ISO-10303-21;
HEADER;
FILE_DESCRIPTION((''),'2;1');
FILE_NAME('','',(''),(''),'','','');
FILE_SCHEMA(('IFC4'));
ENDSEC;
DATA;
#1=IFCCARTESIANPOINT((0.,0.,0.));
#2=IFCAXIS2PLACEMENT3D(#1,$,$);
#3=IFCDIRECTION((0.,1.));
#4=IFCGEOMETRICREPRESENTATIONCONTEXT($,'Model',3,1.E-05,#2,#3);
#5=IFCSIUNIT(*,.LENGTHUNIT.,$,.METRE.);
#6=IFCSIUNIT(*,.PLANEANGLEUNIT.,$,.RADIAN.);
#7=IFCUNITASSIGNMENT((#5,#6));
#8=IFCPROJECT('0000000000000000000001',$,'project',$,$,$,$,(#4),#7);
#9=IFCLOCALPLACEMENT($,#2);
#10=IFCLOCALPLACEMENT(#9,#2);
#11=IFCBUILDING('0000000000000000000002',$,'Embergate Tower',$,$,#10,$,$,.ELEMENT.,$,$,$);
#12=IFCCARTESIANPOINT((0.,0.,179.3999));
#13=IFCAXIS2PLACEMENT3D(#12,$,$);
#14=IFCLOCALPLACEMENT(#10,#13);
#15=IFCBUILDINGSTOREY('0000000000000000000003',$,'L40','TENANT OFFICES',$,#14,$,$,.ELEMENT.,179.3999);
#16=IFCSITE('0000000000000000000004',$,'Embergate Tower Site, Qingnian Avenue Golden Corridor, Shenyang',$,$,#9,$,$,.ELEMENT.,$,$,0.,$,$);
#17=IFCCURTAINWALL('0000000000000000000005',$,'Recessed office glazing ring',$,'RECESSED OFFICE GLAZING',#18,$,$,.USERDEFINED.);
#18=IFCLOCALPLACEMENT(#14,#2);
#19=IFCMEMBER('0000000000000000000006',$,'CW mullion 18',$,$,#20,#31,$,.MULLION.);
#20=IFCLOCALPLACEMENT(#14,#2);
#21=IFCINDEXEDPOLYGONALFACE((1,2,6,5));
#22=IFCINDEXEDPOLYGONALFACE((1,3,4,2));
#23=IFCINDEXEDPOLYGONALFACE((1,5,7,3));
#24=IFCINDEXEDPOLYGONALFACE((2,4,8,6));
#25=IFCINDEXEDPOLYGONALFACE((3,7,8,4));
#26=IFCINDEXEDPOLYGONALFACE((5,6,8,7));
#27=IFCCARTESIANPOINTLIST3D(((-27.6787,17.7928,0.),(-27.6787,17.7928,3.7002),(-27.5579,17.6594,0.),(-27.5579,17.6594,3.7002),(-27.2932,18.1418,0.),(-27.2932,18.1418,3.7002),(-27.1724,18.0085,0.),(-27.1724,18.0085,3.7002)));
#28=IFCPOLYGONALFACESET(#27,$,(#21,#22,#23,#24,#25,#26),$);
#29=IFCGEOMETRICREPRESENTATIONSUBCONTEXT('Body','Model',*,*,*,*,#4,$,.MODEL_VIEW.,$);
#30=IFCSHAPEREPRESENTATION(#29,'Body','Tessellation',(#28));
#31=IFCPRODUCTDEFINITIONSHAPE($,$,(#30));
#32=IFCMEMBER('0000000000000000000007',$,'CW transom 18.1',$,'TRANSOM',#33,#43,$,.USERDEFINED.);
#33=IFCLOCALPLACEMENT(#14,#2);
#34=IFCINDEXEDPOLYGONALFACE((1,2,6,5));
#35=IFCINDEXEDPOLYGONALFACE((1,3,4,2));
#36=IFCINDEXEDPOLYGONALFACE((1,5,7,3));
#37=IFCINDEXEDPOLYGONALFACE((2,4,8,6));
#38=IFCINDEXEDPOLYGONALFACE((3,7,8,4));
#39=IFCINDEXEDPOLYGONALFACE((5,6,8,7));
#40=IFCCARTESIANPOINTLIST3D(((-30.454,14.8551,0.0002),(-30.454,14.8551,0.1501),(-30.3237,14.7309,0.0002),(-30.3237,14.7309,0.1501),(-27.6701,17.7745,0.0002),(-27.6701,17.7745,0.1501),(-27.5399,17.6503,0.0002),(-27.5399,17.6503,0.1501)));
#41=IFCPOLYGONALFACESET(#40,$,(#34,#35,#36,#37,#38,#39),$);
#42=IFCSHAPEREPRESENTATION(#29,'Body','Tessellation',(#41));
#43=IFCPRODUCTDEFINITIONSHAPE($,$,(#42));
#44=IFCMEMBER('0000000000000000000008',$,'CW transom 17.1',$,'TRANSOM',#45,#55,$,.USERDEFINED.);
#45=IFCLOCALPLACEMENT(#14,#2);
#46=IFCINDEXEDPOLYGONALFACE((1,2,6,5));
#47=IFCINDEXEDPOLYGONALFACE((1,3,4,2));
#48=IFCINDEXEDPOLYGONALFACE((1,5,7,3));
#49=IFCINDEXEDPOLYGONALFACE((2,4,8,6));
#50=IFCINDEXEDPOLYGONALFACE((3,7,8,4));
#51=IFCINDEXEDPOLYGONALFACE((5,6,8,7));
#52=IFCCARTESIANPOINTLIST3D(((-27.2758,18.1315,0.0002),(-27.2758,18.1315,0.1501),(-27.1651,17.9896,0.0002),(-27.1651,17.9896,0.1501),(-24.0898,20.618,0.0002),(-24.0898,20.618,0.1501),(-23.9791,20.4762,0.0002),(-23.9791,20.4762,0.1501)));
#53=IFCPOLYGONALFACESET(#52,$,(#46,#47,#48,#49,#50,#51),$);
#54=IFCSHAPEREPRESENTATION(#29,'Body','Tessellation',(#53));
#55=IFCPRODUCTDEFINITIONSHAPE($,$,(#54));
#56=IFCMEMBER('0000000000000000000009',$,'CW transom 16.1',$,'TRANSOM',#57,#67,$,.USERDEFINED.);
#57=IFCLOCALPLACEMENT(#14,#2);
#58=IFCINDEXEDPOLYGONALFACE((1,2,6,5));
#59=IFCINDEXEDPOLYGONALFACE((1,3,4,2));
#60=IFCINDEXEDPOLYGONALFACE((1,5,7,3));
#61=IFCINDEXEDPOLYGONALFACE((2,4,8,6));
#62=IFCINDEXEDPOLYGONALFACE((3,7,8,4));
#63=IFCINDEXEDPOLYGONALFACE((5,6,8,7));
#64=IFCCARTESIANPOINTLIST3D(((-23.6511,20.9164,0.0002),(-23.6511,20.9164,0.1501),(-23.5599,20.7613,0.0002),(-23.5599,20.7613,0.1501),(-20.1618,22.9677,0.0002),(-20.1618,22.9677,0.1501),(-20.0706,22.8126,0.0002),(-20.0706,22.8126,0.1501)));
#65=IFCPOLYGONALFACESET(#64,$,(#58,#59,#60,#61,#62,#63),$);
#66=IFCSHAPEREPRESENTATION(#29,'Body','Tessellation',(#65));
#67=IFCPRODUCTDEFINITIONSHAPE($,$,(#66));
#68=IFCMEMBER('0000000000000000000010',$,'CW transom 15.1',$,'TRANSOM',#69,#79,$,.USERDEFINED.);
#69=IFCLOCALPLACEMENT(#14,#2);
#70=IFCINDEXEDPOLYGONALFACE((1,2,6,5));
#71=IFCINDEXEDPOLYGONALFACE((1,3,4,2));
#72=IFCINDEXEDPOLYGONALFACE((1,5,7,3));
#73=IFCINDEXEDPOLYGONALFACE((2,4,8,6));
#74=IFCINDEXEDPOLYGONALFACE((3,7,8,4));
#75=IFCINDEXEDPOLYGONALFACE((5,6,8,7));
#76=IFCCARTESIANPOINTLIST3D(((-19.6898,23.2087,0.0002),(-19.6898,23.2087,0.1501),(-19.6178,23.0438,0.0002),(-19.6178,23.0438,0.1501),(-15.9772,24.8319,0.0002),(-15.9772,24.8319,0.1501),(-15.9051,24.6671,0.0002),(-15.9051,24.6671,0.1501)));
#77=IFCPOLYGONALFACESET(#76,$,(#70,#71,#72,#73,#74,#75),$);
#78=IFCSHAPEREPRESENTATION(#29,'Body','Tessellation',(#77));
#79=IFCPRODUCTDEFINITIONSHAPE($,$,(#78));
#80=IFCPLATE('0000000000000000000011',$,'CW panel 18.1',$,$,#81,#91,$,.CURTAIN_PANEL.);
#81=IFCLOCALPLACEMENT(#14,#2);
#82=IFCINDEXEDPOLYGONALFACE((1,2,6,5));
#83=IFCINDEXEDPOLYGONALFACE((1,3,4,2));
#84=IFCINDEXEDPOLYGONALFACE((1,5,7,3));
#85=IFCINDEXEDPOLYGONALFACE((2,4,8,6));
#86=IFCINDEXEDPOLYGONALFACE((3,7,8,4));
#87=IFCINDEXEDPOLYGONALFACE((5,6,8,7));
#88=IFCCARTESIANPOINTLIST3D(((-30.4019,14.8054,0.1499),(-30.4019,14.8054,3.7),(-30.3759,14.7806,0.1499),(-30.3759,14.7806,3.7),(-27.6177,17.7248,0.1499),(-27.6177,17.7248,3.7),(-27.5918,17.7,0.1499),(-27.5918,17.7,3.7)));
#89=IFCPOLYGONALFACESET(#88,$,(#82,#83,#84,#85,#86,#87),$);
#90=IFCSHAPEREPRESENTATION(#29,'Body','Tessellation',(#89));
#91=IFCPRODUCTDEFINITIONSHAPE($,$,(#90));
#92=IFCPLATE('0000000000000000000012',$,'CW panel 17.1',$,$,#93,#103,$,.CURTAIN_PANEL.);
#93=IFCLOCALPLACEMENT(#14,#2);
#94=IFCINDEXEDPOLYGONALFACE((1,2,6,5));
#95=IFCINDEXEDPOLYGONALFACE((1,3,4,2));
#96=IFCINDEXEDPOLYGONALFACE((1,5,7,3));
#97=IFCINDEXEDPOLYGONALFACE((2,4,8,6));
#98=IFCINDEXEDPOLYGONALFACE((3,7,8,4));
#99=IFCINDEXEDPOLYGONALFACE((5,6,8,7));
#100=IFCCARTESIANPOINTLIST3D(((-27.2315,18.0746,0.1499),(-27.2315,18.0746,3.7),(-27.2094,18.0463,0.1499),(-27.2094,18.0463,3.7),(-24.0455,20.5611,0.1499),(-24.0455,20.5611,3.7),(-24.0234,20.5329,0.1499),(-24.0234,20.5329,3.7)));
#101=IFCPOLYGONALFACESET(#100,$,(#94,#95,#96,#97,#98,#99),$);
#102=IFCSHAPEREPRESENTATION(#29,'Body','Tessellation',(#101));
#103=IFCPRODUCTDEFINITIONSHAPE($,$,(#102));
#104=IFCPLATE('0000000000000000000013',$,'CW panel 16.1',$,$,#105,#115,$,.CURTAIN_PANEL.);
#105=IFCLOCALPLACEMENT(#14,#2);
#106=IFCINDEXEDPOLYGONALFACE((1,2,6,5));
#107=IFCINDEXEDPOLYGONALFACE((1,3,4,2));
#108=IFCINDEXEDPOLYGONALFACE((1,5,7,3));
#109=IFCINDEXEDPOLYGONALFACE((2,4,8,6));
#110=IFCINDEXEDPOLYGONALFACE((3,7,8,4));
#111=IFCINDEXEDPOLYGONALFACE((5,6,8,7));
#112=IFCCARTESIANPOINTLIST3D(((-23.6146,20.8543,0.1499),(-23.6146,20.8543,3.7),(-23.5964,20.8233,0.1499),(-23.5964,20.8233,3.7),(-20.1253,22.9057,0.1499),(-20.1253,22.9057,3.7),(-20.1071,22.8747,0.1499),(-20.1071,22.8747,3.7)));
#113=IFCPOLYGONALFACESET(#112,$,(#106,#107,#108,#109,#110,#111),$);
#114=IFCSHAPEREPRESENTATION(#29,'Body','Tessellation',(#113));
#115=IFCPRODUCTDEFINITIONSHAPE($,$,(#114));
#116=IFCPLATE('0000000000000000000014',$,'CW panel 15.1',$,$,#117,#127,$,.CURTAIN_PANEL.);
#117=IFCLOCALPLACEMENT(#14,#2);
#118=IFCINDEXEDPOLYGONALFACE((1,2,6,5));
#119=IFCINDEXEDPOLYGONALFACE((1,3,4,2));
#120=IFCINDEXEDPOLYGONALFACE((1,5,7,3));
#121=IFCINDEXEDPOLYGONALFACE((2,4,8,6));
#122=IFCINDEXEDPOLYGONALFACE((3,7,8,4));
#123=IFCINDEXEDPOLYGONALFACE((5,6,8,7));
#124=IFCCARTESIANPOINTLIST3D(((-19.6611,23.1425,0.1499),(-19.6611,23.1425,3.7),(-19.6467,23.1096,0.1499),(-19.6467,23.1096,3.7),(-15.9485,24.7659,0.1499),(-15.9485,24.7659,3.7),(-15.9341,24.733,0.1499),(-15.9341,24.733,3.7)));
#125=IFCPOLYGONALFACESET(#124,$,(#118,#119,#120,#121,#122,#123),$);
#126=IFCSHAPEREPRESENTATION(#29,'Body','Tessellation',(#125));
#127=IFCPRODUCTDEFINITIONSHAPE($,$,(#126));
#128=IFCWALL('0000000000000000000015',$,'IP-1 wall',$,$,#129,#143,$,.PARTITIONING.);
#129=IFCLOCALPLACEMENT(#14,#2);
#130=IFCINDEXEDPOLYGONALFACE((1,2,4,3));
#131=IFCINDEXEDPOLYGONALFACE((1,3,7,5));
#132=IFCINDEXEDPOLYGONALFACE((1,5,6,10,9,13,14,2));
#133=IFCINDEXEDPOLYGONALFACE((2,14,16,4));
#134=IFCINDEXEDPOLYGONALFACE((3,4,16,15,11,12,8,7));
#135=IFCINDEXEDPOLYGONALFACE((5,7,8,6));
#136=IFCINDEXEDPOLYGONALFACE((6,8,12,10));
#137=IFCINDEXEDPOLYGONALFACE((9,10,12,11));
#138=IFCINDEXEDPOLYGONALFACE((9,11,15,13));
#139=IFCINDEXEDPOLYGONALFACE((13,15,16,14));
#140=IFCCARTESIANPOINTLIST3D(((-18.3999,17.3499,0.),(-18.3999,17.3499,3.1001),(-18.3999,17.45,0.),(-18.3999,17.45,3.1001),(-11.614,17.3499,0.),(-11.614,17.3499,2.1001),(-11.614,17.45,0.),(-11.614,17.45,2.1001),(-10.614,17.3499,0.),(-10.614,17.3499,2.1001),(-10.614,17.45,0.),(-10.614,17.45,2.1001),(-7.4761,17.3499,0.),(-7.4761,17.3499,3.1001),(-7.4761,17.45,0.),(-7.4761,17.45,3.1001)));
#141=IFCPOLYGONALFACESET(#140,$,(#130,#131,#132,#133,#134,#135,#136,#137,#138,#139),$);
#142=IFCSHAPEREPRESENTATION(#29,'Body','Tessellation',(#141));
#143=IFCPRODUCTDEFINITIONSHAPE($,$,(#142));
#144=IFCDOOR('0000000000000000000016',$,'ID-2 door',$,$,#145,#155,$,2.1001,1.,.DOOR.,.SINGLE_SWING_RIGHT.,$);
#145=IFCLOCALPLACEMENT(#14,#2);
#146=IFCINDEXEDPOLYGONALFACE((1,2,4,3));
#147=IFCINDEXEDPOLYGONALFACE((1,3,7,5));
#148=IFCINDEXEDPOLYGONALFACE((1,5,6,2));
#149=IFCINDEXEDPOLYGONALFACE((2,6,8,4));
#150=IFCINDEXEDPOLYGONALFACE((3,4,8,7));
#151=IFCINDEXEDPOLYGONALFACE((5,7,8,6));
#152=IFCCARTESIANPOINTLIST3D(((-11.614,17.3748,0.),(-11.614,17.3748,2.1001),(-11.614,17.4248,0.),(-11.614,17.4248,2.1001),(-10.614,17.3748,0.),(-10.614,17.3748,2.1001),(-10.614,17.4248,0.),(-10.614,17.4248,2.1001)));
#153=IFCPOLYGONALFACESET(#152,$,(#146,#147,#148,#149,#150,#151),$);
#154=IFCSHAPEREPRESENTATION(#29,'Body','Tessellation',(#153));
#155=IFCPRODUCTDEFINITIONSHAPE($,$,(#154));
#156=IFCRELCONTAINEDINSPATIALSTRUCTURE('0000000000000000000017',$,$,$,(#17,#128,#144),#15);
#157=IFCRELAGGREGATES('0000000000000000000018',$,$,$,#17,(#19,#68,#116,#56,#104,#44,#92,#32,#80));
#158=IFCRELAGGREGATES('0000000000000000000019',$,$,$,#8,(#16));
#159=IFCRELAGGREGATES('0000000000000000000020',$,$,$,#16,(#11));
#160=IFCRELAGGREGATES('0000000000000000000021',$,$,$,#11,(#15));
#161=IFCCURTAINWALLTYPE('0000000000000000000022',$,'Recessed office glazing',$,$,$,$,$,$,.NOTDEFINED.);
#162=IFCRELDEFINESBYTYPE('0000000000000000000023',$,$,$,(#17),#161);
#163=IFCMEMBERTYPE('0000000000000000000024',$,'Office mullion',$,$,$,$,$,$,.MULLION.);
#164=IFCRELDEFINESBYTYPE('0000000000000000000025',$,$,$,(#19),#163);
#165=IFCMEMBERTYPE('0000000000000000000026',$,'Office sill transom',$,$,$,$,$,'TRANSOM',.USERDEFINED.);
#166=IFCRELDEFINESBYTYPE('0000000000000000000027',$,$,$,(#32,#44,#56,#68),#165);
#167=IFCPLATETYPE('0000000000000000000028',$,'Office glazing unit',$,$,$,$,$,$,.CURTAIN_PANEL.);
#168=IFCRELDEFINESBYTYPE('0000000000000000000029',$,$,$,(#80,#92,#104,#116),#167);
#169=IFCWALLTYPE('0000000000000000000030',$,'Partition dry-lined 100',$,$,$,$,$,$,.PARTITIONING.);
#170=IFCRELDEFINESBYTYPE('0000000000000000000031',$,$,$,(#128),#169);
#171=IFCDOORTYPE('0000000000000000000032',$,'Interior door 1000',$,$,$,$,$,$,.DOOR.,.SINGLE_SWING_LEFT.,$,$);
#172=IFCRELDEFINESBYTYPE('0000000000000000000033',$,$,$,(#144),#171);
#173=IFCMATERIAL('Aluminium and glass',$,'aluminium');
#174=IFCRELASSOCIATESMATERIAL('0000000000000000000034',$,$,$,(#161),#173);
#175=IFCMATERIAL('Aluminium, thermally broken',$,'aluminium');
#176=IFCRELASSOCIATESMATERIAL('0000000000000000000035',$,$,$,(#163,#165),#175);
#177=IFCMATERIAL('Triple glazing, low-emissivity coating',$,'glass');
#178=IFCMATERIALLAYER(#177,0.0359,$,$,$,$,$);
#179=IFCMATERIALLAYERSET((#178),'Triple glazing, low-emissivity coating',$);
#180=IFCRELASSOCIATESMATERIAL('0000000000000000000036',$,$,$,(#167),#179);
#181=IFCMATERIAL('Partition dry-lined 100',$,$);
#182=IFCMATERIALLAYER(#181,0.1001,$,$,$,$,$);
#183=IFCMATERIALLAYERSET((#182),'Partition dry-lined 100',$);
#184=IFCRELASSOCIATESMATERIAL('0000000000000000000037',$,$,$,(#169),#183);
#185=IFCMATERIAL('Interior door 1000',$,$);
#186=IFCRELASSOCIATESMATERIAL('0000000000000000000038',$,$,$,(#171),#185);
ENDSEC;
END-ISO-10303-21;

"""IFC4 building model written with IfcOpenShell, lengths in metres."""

from ifc_helpers import new_model, si_unit, direction, frame, frame_2d, origin, origin_2d, place, context, subcontext, project, spatial, rectangle, extrude, source, transform, mapped, material, layer, layer_set, material_profile, profile_set, type_object, element, fill, aggregate, save


model = new_model("IFC4")

# Units and contexts
model_context = context("Model", 3, precision=1e-05, world=origin(), true_north=direction((0.0, 1.0)))
body_context = subcontext(model_context, "Body", "Model", "MODEL_VIEW")
ifc_project = project(units=[si_unit("LENGTHUNIT", "METRE"), si_unit("PLANEANGLEUNIT", "RADIAN")], contexts=[model_context])

# Site, building, storey
site_placement = place(None, origin())
site = spatial("IfcSite", under=ifc_project, at=site_placement, Name="Embergate Tower Site, Qingnian Avenue Golden Corridor, Shenyang", CompositionType="ELEMENT", RefElevation=0.0)
building_placement = place(site_placement, origin())
building = spatial("IfcBuilding", under=site, at=building_placement, Name="Embergate Tower", CompositionType="ELEMENT")
storey_placement = place(building_placement, frame((0.0, 0.0, 179.3999)))
storey = spatial("IfcBuildingStorey", under=building, at=storey_placement, Name="L40", Description="TENANT OFFICES", CompositionType="ELEMENT", Elevation=179.3999)

# Curtain wall, members, plates
ifc_material_1 = material(Name="Aluminium and glass", Category="aluminium")
curtain_wall_type = type_object("IfcCurtainWallType", Name="Recessed office glazing", PredefinedType="NOTDEFINED", material=ifc_material_1)
curtain_wall_placement = place(storey_placement, origin())
curtain_wall = element("IfcCurtainWall", 1, at=curtain_wall_placement, inside=storey, type_object=curtain_wall_type, Name="Recessed office glazing ring", ObjectType="RECESSED OFFICE GLAZING", PredefinedType="USERDEFINED")
ifc_material_2 = material(Name="Aluminium, thermally broken", Category="aluminium")
ifc_material_profile_1 = material_profile(ifc_material_2, rectangle(XDim=0.1799, YDim=0.52, at=origin_2d()), Name="AL 520x180")
ifc_profile_set_1 = profile_set([ifc_material_profile_1], Name="Aluminium, thermally broken")
member_type_1 = type_object("IfcMemberType", Name="Office mullion", PredefinedType="MULLION", material=ifc_profile_set_1)
shared_shape_1 = source(origin(), body_context, "Body", "SweptSolid", [
    extrude(rectangle(XDim=0.1799, YDim=0.52, at=origin_2d()), origin(), (0.0, 0.0, 1.0), 3.7002),
])
member_1_placement = place(storey_placement, frame((-27.4255, 17.9006, 0.0), z_axis=(0.0, 0.0, 1.0), x_axis=(0.671221, -0.741257, 0.0)))
member_1 = element("IfcMember", 2, at=member_1_placement, type_object=member_type_1, Name="CW mullion 18", PredefinedType="MULLION", context=body_context, shape_type="MappedRepresentation", body=[
    mapped(shared_shape_1, transform((0.0, 0.0, 0.0))),
])
ifc_material_profile_2 = material_profile(ifc_material_2, rectangle(XDim=0.1799, YDim=0.1499, at=origin_2d()), Name="AL 150x180")
ifc_profile_set_2 = profile_set([ifc_material_profile_2], Name="Aluminium, thermally broken")
member_type_2 = type_object("IfcMemberType", Name="Office sill transom", ElementType="TRANSOM", PredefinedType="USERDEFINED", material=ifc_profile_set_2)
shared_shape_2 = source(origin(), body_context, "Body", "SweptSolid", [
    extrude(rectangle(XDim=0.1799, YDim=0.1499, at=origin_2d()), origin(), (0.0, 0.0, 1.0), 4.0339),
])
member_2_placement = place(storey_placement, frame((-27.605, 17.7124, 0.0752), z_axis=(-0.690113, -0.723702, 0.0), x_axis=(0.723702, -0.690113, 0.0)))
member_2 = element("IfcMember", 3, at=member_2_placement, type_object=member_type_2, Name="CW transom 18.1", ObjectType="TRANSOM", PredefinedType="USERDEFINED", context=body_context, shape_type="MappedRepresentation", body=[
    mapped(shared_shape_2, transform((0.0, 0.0, 0.0))),
])
shared_shape_3 = source(origin(), body_context, "Body", "SweptSolid", [
    extrude(rectangle(XDim=0.1799, YDim=0.1499, at=origin_2d()), origin(), (0.0, 0.0, 1.0), 4.0415),
])
member_3_placement = place(storey_placement, frame((-24.0344, 20.5471, 0.0752), z_axis=(-0.788327, -0.615257, 0.0), x_axis=(0.615257, -0.788327, 0.0)))
member_3 = element("IfcMember", 4, at=member_3_placement, type_object=member_type_2, Name="CW transom 17.1", ObjectType="TRANSOM", PredefinedType="USERDEFINED", context=body_context, shape_type="MappedRepresentation", body=[
    mapped(shared_shape_3, transform((0.0, 0.0, 0.0))),
])
shared_shape_4 = source(origin(), body_context, "Body", "SweptSolid", [
    extrude(rectangle(XDim=0.1799, YDim=0.1499, at=origin_2d()), origin(), (0.0, 0.0, 1.0), 4.0476),
])
member_4_placement = place(storey_placement, frame((-20.1162, 22.8901, 0.0752), z_axis=(-0.862068, -0.506793, 0.0), x_axis=(0.506793, -0.862068, 0.0)))
member_4 = element("IfcMember", 5, at=member_4_placement, type_object=member_type_2, Name="CW transom 16.1", ObjectType="TRANSOM", PredefinedType="USERDEFINED", context=body_context, shape_type="MappedRepresentation", body=[
    mapped(shared_shape_4, transform((0.0, 0.0, 0.0))),
])
shared_shape_5 = source(origin(), body_context, "Body", "SweptSolid", [
    extrude(rectangle(XDim=0.1799, YDim=0.1499, at=origin_2d()), origin(), (0.0, 0.0, 1.0), 4.052),
])
member_5_placement = place(storey_placement, frame((-15.9412, 24.7495, 0.0752), z_axis=(-0.916247, -0.400613, 0.0), x_axis=(0.400613, -0.916247, 0.0)))
member_5 = element("IfcMember", 6, at=member_5_placement, type_object=member_type_2, Name="CW transom 15.1", ObjectType="TRANSOM", PredefinedType="USERDEFINED", context=body_context, shape_type="MappedRepresentation", body=[
    mapped(shared_shape_5, transform((0.0, 0.0, 0.0))),
])
ifc_material_3 = material(Name="Triple glazing, low-emissivity coating", Category="glass")
ifc_layer_1 = layer(ifc_material_3, 0.0359)
ifc_layer_set_1 = layer_set([ifc_layer_1], Name="Triple glazing, low-emissivity coating")
plate_type = type_object("IfcPlateType", Name="Office glazing unit", PredefinedType="CURTAIN_PANEL", material=ifc_layer_set_1)
shared_shape_6 = source(origin(), body_context, "Body", "SweptSolid", [
    extrude(rectangle(XDim=4.0342, YDim=0.0359, at=origin_2d()), origin(), (0.0, 0.0, 1.0), 3.55),
])
plate_1_placement = place(storey_placement, frame((-28.9968, 16.2527, 0.1499), z_axis=(0.0, 0.0, 1.0), x_axis=(-0.69014, -0.723676, 0.0)))
plate_1 = element("IfcPlate", 7, at=plate_1_placement, type_object=plate_type, Name="CW panel 18.1", PredefinedType="CURTAIN_PANEL", context=body_context, shape_type="MappedRepresentation", body=[
    mapped(shared_shape_6, transform((0.0, 0.0, 0.0))),
])
shared_shape_7 = source(origin(), body_context, "Body", "SweptSolid", [
    extrude(rectangle(XDim=4.0415, YDim=0.0359, at=origin_2d()), origin(), (0.0, 0.0, 1.0), 3.55),
])
plate_2_placement = place(storey_placement, frame((-25.6274, 19.3037, 0.1499), z_axis=(0.0, 0.0, 1.0), x_axis=(-0.788324, -0.61526, 0.0)))
plate_2 = element("IfcPlate", 8, at=plate_2_placement, type_object=plate_type, Name="CW panel 17.1", PredefinedType="CURTAIN_PANEL", context=body_context, shape_type="MappedRepresentation", body=[
    mapped(shared_shape_7, transform((0.0, 0.0, 0.0))),
])
shared_shape_8 = source(origin(), body_context, "Body", "SweptSolid", [
    extrude(rectangle(XDim=4.0476, YDim=0.0359, at=origin_2d()), origin(), (0.0, 0.0, 1.0), 3.55),
])
plate_3_placement = place(storey_placement, frame((-21.8608, 21.8645, 0.1499), z_axis=(0.0, 0.0, 1.0), x_axis=(-0.862056, -0.506813, 0.0)))
plate_3 = element("IfcPlate", 9, at=plate_3_placement, type_object=plate_type, Name="CW panel 16.1", PredefinedType="CURTAIN_PANEL", context=body_context, shape_type="MappedRepresentation", body=[
    mapped(shared_shape_8, transform((0.0, 0.0, 0.0))),
])
shared_shape_9 = source(origin(), body_context, "Body", "SweptSolid", [
    extrude(rectangle(XDim=4.052, YDim=0.0359, at=origin_2d()), origin(), (0.0, 0.0, 1.0), 3.55),
])
plate_4_placement = place(storey_placement, frame((-17.7976, 23.9377, 0.1499), z_axis=(0.0, 0.0, 1.0), x_axis=(-0.916238, -0.400634, 0.0)))
plate_4 = element("IfcPlate", 10, at=plate_4_placement, type_object=plate_type, Name="CW panel 15.1", PredefinedType="CURTAIN_PANEL", context=body_context, shape_type="MappedRepresentation", body=[
    mapped(shared_shape_9, transform((0.0, 0.0, 0.0))),
])
aggregate(curtain_wall, [member_1, member_5, plate_4, member_4, plate_3, member_3, plate_2, member_2, plate_1])

# Wall, opening, door
ifc_material_4 = material(Name="Partition dry-lined 100")
ifc_layer_2 = layer(ifc_material_4, 0.1001)
ifc_layer_set_2 = layer_set([ifc_layer_2], Name="Partition dry-lined 100")
wall_type = type_object("IfcWallType", Name="Partition dry-lined 100", PredefinedType="PARTITIONING", material=ifc_layer_set_2)
shared_shape_10 = source(origin(), body_context, "Body", "SweptSolid", [
    extrude(rectangle(XDim=10.9238, YDim=0.1001, at=frame_2d((5.4619, 0.0))), origin(), (0.0, 0.0, 1.0), 3.1001),
])
wall_placement = place(storey_placement, frame((-18.3999, 17.3999, 0.0), z_axis=(0.0, 0.0, 1.0), x_axis=(1.0, 0.0, 0.0)))
wall = element("IfcWall", 11, at=wall_placement, inside=storey, type_object=wall_type, Name="IP-1 wall", PredefinedType="PARTITIONING", context=body_context, shape_type="MappedRepresentation", body=[
    mapped(shared_shape_10, transform((0.0, 0.0, 0.0))),
])
shared_shape_11 = source(origin(), body_context, "Body", "SweptSolid", [
    extrude(rectangle(XDim=1.0, YDim=2.1001, at=frame_2d((0.5, 1.05))), frame((0.0, 0.0601, 0.0), z_axis=(0.0, -1.0, 0.0), x_axis=(1.0, 0.0, 0.0)), (0.0, 0.0, 1.0), 0.1201),
])
opening_placement = place(wall_placement, frame((6.7859, 0.0, 0.0)))
opening = element("IfcOpeningElement", 12, at=opening_placement, cuts=wall, PredefinedType="OPENING", context=body_context, shape_type="MappedRepresentation", body=[
    mapped(shared_shape_11, transform((0.0, 0.0, 0.0))),
])
ifc_material_5 = material(Name="Interior door 1000")
door_type = type_object("IfcDoorType", Name="Interior door 1000", OperationType="SINGLE_SWING_LEFT", PredefinedType="DOOR", material=ifc_material_5)
shared_shape_12 = source(origin(), body_context, "Body", "SweptSolid", [
    extrude(rectangle(XDim=1.0, YDim=2.1001, at=frame_2d((0.5, 1.05))), frame((0.0, 0.0249, 0.0), z_axis=(0.0, -1.0, 0.0), x_axis=(1.0, 0.0, 0.0)), (0.0, 0.0, 1.0), 0.05),
])
door_placement = place(opening_placement, origin())
door = element("IfcDoor", 13, at=door_placement, inside=storey, type_object=door_type, Name="ID-2 door", OperationType="SINGLE_SWING_RIGHT", OverallHeight=2.1001, OverallWidth=1.0, PredefinedType="DOOR", context=body_context, shape_type="MappedRepresentation", body=[
    mapped(shared_shape_12, transform((0.0, 0.0, 0.0))),
])
fill(opening, door)

save(model, "model.ifc")
